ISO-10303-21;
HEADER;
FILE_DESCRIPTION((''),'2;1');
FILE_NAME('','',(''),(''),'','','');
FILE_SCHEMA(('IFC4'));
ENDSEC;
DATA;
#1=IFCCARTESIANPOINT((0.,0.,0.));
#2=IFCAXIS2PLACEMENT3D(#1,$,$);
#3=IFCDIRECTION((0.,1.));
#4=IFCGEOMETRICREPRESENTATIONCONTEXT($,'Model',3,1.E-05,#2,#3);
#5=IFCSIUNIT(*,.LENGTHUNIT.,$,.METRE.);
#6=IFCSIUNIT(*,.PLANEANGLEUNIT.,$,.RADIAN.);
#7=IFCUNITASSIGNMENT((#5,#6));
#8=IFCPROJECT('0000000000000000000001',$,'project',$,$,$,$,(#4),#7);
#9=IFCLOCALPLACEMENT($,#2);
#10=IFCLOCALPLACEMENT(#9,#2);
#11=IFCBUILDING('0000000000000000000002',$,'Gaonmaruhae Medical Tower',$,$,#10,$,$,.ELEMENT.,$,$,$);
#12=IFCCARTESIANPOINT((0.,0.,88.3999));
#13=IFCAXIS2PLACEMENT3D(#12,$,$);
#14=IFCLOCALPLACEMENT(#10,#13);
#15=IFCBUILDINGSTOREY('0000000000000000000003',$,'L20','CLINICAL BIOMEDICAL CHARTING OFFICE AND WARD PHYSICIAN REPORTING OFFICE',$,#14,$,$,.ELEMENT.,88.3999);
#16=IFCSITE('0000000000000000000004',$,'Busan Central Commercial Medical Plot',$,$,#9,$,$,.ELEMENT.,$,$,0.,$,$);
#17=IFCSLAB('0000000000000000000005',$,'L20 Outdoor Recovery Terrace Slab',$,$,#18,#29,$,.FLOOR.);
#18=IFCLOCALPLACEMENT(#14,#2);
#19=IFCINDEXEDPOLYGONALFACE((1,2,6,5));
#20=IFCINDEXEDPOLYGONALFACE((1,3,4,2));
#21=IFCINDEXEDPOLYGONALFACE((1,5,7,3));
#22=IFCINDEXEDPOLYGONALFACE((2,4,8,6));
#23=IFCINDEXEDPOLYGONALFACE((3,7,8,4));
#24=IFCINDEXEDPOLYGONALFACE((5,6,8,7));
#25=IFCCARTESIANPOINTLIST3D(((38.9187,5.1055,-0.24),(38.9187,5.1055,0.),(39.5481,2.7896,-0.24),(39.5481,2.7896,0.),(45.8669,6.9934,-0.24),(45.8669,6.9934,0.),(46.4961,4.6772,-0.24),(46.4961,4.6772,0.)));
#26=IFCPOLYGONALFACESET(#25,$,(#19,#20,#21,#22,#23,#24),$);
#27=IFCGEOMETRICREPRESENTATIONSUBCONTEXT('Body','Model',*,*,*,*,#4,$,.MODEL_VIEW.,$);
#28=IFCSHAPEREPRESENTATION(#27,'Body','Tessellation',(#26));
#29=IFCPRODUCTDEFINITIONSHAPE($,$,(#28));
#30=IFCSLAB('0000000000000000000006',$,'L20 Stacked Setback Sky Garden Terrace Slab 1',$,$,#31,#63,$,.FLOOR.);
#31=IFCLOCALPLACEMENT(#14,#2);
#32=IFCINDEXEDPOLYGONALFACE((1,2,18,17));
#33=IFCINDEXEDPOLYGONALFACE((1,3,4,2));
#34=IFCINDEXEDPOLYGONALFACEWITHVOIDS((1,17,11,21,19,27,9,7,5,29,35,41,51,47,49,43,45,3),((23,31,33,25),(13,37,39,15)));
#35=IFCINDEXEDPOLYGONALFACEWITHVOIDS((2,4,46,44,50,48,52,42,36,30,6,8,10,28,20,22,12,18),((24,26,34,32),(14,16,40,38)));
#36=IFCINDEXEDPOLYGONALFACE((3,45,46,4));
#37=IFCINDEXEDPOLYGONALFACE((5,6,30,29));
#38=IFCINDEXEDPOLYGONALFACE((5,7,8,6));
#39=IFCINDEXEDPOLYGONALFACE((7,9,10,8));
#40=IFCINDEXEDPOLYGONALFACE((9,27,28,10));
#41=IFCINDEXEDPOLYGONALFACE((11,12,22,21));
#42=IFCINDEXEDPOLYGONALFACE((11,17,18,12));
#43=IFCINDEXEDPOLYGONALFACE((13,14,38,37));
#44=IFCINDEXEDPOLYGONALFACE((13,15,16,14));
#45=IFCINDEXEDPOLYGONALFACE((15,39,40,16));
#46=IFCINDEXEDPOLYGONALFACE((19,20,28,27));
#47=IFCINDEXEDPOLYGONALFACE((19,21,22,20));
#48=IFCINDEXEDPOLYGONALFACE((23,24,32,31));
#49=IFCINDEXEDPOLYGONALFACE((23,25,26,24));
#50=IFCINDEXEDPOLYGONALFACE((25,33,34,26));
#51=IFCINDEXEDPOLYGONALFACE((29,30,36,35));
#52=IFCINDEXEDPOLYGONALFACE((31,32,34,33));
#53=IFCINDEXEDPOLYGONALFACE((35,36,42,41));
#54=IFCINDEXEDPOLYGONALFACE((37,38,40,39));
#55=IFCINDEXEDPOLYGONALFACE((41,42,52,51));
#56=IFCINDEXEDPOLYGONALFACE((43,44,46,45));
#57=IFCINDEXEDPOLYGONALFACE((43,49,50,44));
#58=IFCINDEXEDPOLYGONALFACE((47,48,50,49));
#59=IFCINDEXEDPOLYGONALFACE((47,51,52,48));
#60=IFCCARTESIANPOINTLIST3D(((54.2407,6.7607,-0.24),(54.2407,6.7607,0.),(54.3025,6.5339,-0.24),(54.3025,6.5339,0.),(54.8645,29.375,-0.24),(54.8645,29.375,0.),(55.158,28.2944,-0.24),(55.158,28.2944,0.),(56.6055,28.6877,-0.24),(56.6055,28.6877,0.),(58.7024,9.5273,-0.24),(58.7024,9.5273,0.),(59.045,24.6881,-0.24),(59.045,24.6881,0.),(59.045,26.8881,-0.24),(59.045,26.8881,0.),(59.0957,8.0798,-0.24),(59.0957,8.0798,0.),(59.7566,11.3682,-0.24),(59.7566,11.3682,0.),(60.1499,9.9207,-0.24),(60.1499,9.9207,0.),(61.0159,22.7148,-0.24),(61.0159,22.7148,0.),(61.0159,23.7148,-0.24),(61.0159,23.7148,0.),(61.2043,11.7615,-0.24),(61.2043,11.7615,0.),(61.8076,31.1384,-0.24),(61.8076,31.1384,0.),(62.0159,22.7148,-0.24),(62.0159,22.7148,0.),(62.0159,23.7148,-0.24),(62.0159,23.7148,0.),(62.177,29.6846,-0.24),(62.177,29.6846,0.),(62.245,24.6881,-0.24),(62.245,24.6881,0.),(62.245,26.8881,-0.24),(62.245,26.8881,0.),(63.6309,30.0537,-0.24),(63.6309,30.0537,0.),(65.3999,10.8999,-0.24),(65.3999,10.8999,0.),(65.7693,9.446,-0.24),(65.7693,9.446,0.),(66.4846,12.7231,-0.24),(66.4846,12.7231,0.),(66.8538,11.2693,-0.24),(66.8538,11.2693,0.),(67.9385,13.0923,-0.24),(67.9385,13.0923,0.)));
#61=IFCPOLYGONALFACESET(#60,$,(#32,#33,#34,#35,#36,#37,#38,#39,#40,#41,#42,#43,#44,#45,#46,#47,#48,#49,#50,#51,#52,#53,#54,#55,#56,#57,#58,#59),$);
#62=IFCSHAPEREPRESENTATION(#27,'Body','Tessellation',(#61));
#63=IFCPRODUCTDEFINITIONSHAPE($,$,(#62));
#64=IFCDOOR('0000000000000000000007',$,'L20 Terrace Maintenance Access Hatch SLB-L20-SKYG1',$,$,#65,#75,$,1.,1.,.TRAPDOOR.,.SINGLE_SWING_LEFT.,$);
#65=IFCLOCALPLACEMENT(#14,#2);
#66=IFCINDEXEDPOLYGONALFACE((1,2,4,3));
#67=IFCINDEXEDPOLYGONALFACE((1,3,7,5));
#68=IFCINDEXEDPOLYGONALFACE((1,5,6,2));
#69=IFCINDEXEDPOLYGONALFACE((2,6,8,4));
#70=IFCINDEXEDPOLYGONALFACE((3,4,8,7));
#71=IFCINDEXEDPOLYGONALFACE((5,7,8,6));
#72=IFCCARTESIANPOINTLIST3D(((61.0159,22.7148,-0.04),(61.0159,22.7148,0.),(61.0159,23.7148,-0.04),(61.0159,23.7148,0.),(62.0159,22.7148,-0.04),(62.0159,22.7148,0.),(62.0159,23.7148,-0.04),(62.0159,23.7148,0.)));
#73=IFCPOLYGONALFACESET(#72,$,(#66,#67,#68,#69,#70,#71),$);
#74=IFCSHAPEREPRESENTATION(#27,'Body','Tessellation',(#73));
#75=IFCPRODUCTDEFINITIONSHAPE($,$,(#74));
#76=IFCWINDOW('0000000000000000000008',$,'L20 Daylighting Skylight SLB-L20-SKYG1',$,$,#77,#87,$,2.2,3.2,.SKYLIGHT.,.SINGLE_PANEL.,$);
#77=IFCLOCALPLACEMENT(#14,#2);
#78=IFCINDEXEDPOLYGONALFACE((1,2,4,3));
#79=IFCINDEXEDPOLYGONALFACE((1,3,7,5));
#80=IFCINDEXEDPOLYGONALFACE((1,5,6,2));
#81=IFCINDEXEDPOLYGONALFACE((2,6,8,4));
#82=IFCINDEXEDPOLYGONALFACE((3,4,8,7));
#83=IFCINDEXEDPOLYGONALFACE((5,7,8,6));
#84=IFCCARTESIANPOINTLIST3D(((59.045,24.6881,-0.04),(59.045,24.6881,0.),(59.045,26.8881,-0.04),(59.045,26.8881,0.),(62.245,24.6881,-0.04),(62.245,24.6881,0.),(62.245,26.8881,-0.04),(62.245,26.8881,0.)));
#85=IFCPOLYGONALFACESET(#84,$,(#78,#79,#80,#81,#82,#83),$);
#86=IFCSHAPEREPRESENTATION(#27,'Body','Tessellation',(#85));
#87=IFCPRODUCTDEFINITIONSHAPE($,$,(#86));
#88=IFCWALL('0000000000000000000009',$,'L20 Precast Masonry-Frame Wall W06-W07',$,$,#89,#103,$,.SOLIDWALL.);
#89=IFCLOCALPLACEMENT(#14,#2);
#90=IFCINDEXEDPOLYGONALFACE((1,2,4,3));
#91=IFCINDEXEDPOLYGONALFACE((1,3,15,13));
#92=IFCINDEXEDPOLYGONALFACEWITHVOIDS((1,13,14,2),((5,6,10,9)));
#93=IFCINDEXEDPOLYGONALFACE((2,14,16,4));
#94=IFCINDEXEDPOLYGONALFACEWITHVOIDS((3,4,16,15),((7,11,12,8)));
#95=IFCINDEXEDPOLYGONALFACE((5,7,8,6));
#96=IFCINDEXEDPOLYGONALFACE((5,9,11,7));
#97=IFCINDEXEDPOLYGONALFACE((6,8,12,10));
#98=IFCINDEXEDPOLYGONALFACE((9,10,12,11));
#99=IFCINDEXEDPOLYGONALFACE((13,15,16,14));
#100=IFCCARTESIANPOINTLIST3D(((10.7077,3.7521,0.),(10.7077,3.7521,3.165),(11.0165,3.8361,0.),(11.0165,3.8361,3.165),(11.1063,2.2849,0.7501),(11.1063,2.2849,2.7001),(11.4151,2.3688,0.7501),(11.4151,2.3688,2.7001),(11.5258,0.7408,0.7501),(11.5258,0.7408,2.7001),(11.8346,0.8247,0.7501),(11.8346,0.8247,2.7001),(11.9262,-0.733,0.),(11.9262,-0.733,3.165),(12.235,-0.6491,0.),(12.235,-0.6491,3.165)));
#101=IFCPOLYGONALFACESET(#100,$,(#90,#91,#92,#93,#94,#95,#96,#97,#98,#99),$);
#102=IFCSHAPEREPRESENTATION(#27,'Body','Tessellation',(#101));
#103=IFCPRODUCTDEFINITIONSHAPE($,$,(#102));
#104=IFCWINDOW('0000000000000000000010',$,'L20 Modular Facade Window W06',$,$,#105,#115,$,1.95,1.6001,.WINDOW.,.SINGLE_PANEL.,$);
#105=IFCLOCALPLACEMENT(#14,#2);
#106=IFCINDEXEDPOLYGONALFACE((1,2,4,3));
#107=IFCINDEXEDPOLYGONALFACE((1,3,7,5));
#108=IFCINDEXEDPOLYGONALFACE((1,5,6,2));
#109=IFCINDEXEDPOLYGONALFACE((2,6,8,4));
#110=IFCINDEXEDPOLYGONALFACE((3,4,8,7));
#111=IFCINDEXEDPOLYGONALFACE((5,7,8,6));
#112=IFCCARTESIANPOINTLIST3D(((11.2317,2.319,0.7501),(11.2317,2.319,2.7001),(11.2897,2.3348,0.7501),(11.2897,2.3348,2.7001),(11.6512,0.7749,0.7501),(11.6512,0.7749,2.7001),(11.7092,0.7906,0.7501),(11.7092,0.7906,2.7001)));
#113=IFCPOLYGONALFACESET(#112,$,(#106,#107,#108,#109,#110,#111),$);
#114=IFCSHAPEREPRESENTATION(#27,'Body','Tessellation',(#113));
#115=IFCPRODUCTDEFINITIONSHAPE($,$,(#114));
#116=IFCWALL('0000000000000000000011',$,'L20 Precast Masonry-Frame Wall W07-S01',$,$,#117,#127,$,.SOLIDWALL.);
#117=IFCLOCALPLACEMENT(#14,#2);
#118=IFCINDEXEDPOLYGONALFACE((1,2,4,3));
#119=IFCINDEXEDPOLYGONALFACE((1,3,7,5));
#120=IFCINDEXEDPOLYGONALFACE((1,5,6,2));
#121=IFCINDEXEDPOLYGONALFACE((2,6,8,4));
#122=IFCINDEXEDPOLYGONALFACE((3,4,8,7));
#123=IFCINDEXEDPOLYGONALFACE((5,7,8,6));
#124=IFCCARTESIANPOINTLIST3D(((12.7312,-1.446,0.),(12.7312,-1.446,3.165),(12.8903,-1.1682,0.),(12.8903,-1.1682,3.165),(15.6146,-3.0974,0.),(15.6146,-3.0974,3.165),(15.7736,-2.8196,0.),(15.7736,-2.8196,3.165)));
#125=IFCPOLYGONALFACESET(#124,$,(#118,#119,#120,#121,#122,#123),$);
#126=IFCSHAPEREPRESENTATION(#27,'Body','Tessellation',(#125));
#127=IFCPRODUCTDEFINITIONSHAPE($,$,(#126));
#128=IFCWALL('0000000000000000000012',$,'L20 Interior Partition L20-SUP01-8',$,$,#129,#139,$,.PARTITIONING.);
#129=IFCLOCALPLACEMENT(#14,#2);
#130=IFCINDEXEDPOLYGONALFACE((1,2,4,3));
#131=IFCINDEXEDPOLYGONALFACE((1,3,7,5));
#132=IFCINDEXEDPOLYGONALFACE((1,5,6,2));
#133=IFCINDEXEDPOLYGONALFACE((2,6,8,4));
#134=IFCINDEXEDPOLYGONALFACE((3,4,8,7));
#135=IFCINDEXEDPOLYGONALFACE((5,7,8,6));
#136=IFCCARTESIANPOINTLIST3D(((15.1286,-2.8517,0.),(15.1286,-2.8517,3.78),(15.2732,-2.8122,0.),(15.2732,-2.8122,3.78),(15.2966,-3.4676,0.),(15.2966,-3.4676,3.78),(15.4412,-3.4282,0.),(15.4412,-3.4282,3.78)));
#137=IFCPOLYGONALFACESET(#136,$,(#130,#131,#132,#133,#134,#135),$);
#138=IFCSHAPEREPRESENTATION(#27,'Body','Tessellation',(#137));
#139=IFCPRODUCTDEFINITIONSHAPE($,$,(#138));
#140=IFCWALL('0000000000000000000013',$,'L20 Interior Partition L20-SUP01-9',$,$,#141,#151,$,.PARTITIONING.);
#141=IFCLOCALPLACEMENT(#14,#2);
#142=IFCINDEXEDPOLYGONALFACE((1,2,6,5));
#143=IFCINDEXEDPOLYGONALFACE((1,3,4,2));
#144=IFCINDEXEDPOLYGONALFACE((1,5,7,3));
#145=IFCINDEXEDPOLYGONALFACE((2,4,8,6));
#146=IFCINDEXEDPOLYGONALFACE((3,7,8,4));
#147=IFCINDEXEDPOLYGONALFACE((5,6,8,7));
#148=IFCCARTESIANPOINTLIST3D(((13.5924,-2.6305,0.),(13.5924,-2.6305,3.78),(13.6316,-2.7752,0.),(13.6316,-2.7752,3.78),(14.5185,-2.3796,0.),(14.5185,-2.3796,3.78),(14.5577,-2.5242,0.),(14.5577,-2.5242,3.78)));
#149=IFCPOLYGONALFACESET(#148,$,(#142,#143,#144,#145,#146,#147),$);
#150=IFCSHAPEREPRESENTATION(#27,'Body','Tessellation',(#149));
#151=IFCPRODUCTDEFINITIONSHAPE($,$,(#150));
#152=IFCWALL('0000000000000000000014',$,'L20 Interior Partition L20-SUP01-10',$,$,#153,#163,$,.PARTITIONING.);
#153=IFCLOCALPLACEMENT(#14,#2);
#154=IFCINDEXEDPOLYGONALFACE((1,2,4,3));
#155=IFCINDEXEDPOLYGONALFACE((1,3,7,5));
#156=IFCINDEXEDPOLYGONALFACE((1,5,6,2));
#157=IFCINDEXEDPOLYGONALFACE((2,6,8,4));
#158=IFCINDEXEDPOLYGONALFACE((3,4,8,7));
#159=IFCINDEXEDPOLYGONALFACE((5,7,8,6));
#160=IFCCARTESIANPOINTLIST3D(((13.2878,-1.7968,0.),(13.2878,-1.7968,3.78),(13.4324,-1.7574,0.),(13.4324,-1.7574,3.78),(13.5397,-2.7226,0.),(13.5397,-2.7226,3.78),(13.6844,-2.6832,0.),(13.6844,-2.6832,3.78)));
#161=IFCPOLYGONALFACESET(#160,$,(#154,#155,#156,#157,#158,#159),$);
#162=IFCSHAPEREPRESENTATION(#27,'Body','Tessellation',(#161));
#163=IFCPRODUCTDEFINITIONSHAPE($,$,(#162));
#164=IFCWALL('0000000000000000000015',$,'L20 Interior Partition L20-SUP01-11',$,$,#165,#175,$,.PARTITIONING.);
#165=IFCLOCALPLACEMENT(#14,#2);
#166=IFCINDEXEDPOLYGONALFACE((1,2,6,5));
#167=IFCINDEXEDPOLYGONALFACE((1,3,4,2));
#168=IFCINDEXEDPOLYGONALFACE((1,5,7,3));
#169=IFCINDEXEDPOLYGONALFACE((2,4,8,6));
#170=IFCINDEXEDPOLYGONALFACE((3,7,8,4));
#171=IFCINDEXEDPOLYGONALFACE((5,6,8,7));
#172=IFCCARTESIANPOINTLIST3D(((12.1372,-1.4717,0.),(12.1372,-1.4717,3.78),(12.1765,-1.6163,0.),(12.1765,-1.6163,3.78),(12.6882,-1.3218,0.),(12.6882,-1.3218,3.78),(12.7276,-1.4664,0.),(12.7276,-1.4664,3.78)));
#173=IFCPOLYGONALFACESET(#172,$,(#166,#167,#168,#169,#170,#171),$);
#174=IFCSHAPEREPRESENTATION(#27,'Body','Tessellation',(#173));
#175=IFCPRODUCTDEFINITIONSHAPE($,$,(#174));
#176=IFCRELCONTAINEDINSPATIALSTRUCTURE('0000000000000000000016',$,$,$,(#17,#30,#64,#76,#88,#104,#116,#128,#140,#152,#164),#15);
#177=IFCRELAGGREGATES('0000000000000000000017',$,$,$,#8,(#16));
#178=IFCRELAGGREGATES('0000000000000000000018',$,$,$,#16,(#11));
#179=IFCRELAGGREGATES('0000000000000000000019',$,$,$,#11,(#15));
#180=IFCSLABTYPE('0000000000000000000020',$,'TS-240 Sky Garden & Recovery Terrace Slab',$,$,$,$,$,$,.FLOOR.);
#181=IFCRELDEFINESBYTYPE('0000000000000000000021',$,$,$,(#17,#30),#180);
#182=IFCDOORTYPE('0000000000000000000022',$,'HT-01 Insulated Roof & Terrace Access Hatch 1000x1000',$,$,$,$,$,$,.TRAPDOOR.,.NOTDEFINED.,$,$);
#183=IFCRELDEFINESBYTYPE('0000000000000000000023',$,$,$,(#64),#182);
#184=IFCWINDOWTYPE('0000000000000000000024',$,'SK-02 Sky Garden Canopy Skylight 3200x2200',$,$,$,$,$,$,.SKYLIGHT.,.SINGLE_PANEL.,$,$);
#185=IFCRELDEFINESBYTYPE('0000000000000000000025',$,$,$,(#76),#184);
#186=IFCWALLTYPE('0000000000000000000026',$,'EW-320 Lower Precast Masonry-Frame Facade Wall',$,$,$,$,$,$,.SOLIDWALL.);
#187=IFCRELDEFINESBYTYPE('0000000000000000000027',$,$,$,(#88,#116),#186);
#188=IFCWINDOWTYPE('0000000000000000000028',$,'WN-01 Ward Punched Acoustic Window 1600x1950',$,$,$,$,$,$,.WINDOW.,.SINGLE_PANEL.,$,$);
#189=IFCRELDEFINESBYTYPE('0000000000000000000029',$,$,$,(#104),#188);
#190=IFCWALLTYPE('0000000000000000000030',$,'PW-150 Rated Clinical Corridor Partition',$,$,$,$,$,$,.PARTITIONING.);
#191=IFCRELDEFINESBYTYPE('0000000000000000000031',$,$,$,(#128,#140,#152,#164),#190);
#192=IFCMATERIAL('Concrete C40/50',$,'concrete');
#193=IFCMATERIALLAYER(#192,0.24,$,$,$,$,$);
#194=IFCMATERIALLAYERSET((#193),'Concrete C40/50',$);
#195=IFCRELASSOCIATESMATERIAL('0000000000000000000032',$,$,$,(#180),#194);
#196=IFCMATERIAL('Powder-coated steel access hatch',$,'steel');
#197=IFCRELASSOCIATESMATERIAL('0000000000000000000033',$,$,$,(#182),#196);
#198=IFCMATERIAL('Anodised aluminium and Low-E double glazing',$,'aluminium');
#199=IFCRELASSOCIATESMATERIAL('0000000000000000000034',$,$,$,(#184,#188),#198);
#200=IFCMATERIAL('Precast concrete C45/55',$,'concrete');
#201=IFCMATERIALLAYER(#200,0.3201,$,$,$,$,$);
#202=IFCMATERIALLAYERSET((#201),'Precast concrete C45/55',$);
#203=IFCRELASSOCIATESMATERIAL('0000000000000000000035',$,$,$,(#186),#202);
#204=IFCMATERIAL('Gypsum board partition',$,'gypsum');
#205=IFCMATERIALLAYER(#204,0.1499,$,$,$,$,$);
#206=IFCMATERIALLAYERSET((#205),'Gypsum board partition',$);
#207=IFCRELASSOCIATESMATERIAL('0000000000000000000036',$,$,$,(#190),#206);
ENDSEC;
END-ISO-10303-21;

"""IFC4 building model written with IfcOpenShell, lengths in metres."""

from ifc_helpers import new_model, si_unit, direction, frame, frame_2d, origin, origin_2d, place, context, subcontext, project, spatial, polyline, rectangle, outline, extrude, material, layer, layer_set, type_object, element, fill, save


model = new_model("IFC4")

# Units and contexts
model_context = context("Model", 3, precision=1e-05, world=origin(), true_north=direction((0.0, 1.0)))
body_context = subcontext(model_context, "Body", "Model", "MODEL_VIEW")
ifc_project = project(units=[si_unit("LENGTHUNIT", "METRE"), si_unit("PLANEANGLEUNIT", "RADIAN")], contexts=[model_context])

# Site, building, storey
site_placement = place(None, origin())
site = spatial("IfcSite", under=ifc_project, at=site_placement, Name="Busan Central Commercial Medical Plot", CompositionType="ELEMENT", RefElevation=0.0)
building_placement = place(site_placement, origin())
building = spatial("IfcBuilding", under=site, at=building_placement, Name="Gaonmaruhae Medical Tower", CompositionType="ELEMENT")
storey_placement = place(building_placement, frame((0.0, 0.0, 88.3999)))
storey = spatial("IfcBuildingStorey", under=building, at=storey_placement, Name="L20", Description="CLINICAL BIOMEDICAL CHARTING OFFICE AND WARD PHYSICIAN REPORTING OFFICE", CompositionType="ELEMENT", Elevation=88.3999)

# Shared definitions
ifc_material_1 = material(Name="Concrete C40/50", Category="concrete")

# Slab
ifc_layer_1 = layer(ifc_material_1, 0.24)
ifc_layer_set_1 = layer_set([ifc_layer_1], Name="Concrete C40/50")
slab_type_1 = type_object("IfcSlabType", Name="TS-240 Sky Garden & Recovery Terrace Slab", PredefinedType="FLOOR", material=ifc_layer_set_1)
slab_1_placement = place(storey_placement, frame((0.0, 0.0, -0.24)))
element("IfcSlab", 1, at=slab_1_placement, inside=storey, type_object=slab_type_1, Name="L20 Outdoor Recovery Terrace Slab", PredefinedType="FLOOR", context=body_context, shape_type="SweptSolid", body=[
    extrude(outline(polyline([(39.5481, 2.7896), (46.4961, 4.6772), (45.8669, 6.9934), (38.9187, 5.1055), (39.5481, 2.7896)])), origin(), (0.0, 0.0, 1.0), 0.24),
])

# Slab, openings, door, window
slab_2_placement = place(storey_placement, frame((0.0, 0.0, -0.24)))
slab_2 = element("IfcSlab", 2, at=slab_2_placement, inside=storey, type_object=slab_type_1, Name="L20 Stacked Setback Sky Garden Terrace Slab 1", PredefinedType="FLOOR", context=body_context, shape_type="SweptSolid", body=[
    extrude(outline(polyline([(62.177, 29.6846), (63.6309, 30.0537), (67.9385, 13.0923), (66.4846, 12.7231), (66.8538, 11.2693), (65.3999, 10.8999), (65.7693, 9.446), (54.3025, 6.5339), (54.2407, 6.7607), (59.0957, 8.0798), (58.7024, 9.5273), (60.1499, 9.9207), (59.7566, 11.3682), (61.2043, 11.7615), (56.6055, 28.6877), (55.158, 28.2944), (54.8645, 29.375), (61.8076, 31.1384), (62.177, 29.6846)])), origin(), (0.0, 0.0, 1.0), 0.24),
])
opening_1_placement = place(slab_2_placement, frame((60.645, 25.7881, 0.0)))
opening_1 = element("IfcOpeningElement", 3, at=opening_1_placement, cuts=slab_2, PredefinedType="OPENING", context=body_context, shape_type="SweptSolid", body=[
    extrude(rectangle(XDim=3.2, YDim=2.2, at=origin_2d()), frame((0.0, 0.0, -0.01)), (0.0, 0.0, 1.0), 0.26),
])
opening_2_placement = place(slab_2_placement, frame((61.5159, 23.2148, 0.0)))
opening_2 = element("IfcOpeningElement", 4, at=opening_2_placement, cuts=slab_2, PredefinedType="OPENING", context=body_context, shape_type="SweptSolid", body=[
    extrude(rectangle(XDim=1.0, YDim=1.0, at=origin_2d()), frame((0.0, 0.0, -0.01)), (0.0, 0.0, 1.0), 0.26),
])
ifc_material_2 = material(Name="Powder-coated steel access hatch", Category="steel")
door_type = type_object("IfcDoorType", Name="HT-01 Insulated Roof & Terrace Access Hatch 1000x1000", OperationType="NOTDEFINED", PredefinedType="TRAPDOOR", material=ifc_material_2)
door_placement = place(opening_2_placement, frame((0.0, 0.0, 0.2)))
door = element("IfcDoor", 5, at=door_placement, inside=storey, type_object=door_type, Name="L20 Terrace Maintenance Access Hatch SLB-L20-SKYG1", OperationType="SINGLE_SWING_LEFT", OverallHeight=1.0, OverallWidth=1.0, PredefinedType="TRAPDOOR", context=body_context, shape_type="SweptSolid", body=[
    extrude(rectangle(XDim=1.0, YDim=1.0, at=origin_2d()), origin(), (0.0, 0.0, 1.0), 0.04),
])
fill(opening_2, door)
ifc_material_3 = material(Name="Anodised aluminium and Low-E double glazing", Category="aluminium")
window_type_1 = type_object("IfcWindowType", Name="SK-02 Sky Garden Canopy Skylight 3200x2200", PartitioningType="SINGLE_PANEL", PredefinedType="SKYLIGHT", material=ifc_material_3)
window_1_placement = place(opening_1_placement, frame((0.0, 0.0, 0.2)))
window_1 = element("IfcWindow", 6, at=window_1_placement, inside=storey, type_object=window_type_1, Name="L20 Daylighting Skylight SLB-L20-SKYG1", OverallHeight=2.2, OverallWidth=3.2, PartitioningType="SINGLE_PANEL", PredefinedType="SKYLIGHT", context=body_context, shape_type="SweptSolid", body=[
    extrude(rectangle(XDim=3.2, YDim=2.2, at=origin_2d()), origin(), (0.0, 0.0, 1.0), 0.04),
])
fill(opening_1, window_1)

# Wall, opening, window
ifc_material_4 = material(Name="Precast concrete C45/55", Category="concrete")
ifc_layer_2 = layer(ifc_material_4, 0.3201)
ifc_layer_set_2 = layer_set([ifc_layer_2], Name="Precast concrete C45/55")
wall_type_1 = type_object("IfcWallType", Name="EW-320 Lower Precast Masonry-Frame Facade Wall", PredefinedType="SOLIDWALL", material=ifc_layer_set_2)
wall_1_placement = place(storey_placement, frame((12.0806, -0.6909, 0.0), z_axis=(0.0, 0.0, 1.0), x_axis=(-0.262175, 0.96502, 0.0)))
wall_1 = element("IfcWall", 7, at=wall_1_placement, inside=storey, type_object=wall_type_1, Name="L20 Precast Masonry-Frame Wall W06-W07", PredefinedType="SOLIDWALL", context=body_context, shape_type="SweptSolid", body=[
    extrude(rectangle(XDim=4.6477, YDim=0.3201, at=frame_2d((2.3237, 0.0))), origin(), (0.0, 0.0, 1.0), 3.165),
])
opening_3_placement = place(wall_1_placement, frame((1.5271, 0.0, 0.75)))
opening_3 = element("IfcOpeningElement", 8, at=opening_3_placement, cuts=wall_1, PredefinedType="OPENING", context=body_context, shape_type="SweptSolid", body=[
    extrude(rectangle(XDim=1.6001, YDim=1.95, at=frame_2d((0.8, 0.9751))), frame((0.0, 0.1699, 0.0), z_axis=(0.0, -1.0, 0.0), x_axis=(1.0, 0.0, 0.0)), (0.0, 0.0, 1.0), 0.3401),
])
window_type_2 = type_object("IfcWindowType", Name="WN-01 Ward Punched Acoustic Window 1600x1950", PartitioningType="SINGLE_PANEL", PredefinedType="WINDOW", material=ifc_material_3)
window_2_placement = place(opening_3_placement, origin())
window_2 = element("IfcWindow", 9, at=window_2_placement, inside=storey, type_object=window_type_2, Name="L20 Modular Facade Window W06", OverallHeight=1.95, OverallWidth=1.6001, PartitioningType="SINGLE_PANEL", PredefinedType="WINDOW", context=body_context, shape_type="SweptSolid", body=[
    extrude(rectangle(XDim=1.6001, YDim=1.95, at=frame_2d((0.8, 0.9751))), frame((0.0, 0.03, 0.0), z_axis=(0.0, -1.0, 0.0), x_axis=(1.0, 0.0, 0.0)), (0.0, 0.0, 1.0), 0.0601),
])
fill(opening_3, window_2)

# Walls
wall_2_placement = place(storey_placement, frame((15.6941, -2.9585, 0.0), z_axis=(0.0, 0.0, 1.0), x_axis=(-0.867754, 0.496993, 0.0)))
element("IfcWall", 10, at=wall_2_placement, inside=storey, type_object=wall_type_1, Name="L20 Precast Masonry-Frame Wall W07-S01", PredefinedType="SOLIDWALL", context=body_context, shape_type="SweptSolid", body=[
    extrude(rectangle(XDim=3.3228, YDim=0.3201, at=frame_2d((1.6614, 0.0))), origin(), (0.0, 0.0, 1.0), 3.165),
])
ifc_material_5 = material(Name="Gypsum board partition", Category="gypsum")
ifc_layer_3 = layer(ifc_material_5, 0.1499)
ifc_layer_set_3 = layer_set([ifc_layer_3], Name="Gypsum board partition")
wall_type_2 = type_object("IfcWallType", Name="PW-150 Rated Clinical Corridor Partition", PredefinedType="PARTITIONING", material=ifc_layer_set_3)
wall_3_placement = place(storey_placement, frame((15.3689, -3.448, 0.0), z_axis=(0.0, 0.0, 1.0), x_axis=(-0.263085, 0.964773, 0.0)))
element("IfcWall", 11, at=wall_3_placement, inside=storey, type_object=wall_type_2, Name="L20 Interior Partition L20-SUP01-8", PredefinedType="PARTITIONING", context=body_context, shape_type="SweptSolid", body=[
    extrude(rectangle(XDim=0.6384, YDim=0.1499, at=frame_2d((0.3193, 0.0))), origin(), (0.0, 0.0, 1.0), 3.78),
])
for number, where, z_axis, x_axis, name in (
    (12, (14.5381, -2.4519, 0.0), (0.0, 0.0, 1.0), (-0.96518, -0.261588, 0.0), "L20 Interior Partition L20-SUP01-9"),
    (13, (13.6121, -2.7029, 0.0), (0.0, 0.0, 1.0), (-0.262601, 0.964905, 0.0), "L20 Interior Partition L20-SUP01-10"),
):
    element("IfcWall", number, at=place(storey_placement, frame(where, z_axis=z_axis, x_axis=x_axis)), inside=storey, type_object=wall_type_2, Name=name, PredefinedType="PARTITIONING", context=body_context, shape_type="SweptSolid", body=[
        extrude(rectangle(XDim=0.9595, YDim=0.1499, at=frame_2d((0.4797, 0.0))), origin(), (0.0, 0.0, 1.0), 3.78),
    ])
wall_4_placement = place(storey_placement, frame((12.708, -1.394, 0.0), z_axis=(0.0, 0.0, 1.0), x_axis=(-0.964931, -0.262502, 0.0)))
element("IfcWall", 14, at=wall_4_placement, inside=storey, type_object=wall_type_2, Name="L20 Interior Partition L20-SUP01-11", PredefinedType="PARTITIONING", context=body_context, shape_type="SweptSolid", body=[
    extrude(rectangle(XDim=0.571, YDim=0.1499, at=frame_2d((0.2856, 0.0))), origin(), (0.0, 0.0, 1.0), 3.78),
])

save(model, "model.ifc")
